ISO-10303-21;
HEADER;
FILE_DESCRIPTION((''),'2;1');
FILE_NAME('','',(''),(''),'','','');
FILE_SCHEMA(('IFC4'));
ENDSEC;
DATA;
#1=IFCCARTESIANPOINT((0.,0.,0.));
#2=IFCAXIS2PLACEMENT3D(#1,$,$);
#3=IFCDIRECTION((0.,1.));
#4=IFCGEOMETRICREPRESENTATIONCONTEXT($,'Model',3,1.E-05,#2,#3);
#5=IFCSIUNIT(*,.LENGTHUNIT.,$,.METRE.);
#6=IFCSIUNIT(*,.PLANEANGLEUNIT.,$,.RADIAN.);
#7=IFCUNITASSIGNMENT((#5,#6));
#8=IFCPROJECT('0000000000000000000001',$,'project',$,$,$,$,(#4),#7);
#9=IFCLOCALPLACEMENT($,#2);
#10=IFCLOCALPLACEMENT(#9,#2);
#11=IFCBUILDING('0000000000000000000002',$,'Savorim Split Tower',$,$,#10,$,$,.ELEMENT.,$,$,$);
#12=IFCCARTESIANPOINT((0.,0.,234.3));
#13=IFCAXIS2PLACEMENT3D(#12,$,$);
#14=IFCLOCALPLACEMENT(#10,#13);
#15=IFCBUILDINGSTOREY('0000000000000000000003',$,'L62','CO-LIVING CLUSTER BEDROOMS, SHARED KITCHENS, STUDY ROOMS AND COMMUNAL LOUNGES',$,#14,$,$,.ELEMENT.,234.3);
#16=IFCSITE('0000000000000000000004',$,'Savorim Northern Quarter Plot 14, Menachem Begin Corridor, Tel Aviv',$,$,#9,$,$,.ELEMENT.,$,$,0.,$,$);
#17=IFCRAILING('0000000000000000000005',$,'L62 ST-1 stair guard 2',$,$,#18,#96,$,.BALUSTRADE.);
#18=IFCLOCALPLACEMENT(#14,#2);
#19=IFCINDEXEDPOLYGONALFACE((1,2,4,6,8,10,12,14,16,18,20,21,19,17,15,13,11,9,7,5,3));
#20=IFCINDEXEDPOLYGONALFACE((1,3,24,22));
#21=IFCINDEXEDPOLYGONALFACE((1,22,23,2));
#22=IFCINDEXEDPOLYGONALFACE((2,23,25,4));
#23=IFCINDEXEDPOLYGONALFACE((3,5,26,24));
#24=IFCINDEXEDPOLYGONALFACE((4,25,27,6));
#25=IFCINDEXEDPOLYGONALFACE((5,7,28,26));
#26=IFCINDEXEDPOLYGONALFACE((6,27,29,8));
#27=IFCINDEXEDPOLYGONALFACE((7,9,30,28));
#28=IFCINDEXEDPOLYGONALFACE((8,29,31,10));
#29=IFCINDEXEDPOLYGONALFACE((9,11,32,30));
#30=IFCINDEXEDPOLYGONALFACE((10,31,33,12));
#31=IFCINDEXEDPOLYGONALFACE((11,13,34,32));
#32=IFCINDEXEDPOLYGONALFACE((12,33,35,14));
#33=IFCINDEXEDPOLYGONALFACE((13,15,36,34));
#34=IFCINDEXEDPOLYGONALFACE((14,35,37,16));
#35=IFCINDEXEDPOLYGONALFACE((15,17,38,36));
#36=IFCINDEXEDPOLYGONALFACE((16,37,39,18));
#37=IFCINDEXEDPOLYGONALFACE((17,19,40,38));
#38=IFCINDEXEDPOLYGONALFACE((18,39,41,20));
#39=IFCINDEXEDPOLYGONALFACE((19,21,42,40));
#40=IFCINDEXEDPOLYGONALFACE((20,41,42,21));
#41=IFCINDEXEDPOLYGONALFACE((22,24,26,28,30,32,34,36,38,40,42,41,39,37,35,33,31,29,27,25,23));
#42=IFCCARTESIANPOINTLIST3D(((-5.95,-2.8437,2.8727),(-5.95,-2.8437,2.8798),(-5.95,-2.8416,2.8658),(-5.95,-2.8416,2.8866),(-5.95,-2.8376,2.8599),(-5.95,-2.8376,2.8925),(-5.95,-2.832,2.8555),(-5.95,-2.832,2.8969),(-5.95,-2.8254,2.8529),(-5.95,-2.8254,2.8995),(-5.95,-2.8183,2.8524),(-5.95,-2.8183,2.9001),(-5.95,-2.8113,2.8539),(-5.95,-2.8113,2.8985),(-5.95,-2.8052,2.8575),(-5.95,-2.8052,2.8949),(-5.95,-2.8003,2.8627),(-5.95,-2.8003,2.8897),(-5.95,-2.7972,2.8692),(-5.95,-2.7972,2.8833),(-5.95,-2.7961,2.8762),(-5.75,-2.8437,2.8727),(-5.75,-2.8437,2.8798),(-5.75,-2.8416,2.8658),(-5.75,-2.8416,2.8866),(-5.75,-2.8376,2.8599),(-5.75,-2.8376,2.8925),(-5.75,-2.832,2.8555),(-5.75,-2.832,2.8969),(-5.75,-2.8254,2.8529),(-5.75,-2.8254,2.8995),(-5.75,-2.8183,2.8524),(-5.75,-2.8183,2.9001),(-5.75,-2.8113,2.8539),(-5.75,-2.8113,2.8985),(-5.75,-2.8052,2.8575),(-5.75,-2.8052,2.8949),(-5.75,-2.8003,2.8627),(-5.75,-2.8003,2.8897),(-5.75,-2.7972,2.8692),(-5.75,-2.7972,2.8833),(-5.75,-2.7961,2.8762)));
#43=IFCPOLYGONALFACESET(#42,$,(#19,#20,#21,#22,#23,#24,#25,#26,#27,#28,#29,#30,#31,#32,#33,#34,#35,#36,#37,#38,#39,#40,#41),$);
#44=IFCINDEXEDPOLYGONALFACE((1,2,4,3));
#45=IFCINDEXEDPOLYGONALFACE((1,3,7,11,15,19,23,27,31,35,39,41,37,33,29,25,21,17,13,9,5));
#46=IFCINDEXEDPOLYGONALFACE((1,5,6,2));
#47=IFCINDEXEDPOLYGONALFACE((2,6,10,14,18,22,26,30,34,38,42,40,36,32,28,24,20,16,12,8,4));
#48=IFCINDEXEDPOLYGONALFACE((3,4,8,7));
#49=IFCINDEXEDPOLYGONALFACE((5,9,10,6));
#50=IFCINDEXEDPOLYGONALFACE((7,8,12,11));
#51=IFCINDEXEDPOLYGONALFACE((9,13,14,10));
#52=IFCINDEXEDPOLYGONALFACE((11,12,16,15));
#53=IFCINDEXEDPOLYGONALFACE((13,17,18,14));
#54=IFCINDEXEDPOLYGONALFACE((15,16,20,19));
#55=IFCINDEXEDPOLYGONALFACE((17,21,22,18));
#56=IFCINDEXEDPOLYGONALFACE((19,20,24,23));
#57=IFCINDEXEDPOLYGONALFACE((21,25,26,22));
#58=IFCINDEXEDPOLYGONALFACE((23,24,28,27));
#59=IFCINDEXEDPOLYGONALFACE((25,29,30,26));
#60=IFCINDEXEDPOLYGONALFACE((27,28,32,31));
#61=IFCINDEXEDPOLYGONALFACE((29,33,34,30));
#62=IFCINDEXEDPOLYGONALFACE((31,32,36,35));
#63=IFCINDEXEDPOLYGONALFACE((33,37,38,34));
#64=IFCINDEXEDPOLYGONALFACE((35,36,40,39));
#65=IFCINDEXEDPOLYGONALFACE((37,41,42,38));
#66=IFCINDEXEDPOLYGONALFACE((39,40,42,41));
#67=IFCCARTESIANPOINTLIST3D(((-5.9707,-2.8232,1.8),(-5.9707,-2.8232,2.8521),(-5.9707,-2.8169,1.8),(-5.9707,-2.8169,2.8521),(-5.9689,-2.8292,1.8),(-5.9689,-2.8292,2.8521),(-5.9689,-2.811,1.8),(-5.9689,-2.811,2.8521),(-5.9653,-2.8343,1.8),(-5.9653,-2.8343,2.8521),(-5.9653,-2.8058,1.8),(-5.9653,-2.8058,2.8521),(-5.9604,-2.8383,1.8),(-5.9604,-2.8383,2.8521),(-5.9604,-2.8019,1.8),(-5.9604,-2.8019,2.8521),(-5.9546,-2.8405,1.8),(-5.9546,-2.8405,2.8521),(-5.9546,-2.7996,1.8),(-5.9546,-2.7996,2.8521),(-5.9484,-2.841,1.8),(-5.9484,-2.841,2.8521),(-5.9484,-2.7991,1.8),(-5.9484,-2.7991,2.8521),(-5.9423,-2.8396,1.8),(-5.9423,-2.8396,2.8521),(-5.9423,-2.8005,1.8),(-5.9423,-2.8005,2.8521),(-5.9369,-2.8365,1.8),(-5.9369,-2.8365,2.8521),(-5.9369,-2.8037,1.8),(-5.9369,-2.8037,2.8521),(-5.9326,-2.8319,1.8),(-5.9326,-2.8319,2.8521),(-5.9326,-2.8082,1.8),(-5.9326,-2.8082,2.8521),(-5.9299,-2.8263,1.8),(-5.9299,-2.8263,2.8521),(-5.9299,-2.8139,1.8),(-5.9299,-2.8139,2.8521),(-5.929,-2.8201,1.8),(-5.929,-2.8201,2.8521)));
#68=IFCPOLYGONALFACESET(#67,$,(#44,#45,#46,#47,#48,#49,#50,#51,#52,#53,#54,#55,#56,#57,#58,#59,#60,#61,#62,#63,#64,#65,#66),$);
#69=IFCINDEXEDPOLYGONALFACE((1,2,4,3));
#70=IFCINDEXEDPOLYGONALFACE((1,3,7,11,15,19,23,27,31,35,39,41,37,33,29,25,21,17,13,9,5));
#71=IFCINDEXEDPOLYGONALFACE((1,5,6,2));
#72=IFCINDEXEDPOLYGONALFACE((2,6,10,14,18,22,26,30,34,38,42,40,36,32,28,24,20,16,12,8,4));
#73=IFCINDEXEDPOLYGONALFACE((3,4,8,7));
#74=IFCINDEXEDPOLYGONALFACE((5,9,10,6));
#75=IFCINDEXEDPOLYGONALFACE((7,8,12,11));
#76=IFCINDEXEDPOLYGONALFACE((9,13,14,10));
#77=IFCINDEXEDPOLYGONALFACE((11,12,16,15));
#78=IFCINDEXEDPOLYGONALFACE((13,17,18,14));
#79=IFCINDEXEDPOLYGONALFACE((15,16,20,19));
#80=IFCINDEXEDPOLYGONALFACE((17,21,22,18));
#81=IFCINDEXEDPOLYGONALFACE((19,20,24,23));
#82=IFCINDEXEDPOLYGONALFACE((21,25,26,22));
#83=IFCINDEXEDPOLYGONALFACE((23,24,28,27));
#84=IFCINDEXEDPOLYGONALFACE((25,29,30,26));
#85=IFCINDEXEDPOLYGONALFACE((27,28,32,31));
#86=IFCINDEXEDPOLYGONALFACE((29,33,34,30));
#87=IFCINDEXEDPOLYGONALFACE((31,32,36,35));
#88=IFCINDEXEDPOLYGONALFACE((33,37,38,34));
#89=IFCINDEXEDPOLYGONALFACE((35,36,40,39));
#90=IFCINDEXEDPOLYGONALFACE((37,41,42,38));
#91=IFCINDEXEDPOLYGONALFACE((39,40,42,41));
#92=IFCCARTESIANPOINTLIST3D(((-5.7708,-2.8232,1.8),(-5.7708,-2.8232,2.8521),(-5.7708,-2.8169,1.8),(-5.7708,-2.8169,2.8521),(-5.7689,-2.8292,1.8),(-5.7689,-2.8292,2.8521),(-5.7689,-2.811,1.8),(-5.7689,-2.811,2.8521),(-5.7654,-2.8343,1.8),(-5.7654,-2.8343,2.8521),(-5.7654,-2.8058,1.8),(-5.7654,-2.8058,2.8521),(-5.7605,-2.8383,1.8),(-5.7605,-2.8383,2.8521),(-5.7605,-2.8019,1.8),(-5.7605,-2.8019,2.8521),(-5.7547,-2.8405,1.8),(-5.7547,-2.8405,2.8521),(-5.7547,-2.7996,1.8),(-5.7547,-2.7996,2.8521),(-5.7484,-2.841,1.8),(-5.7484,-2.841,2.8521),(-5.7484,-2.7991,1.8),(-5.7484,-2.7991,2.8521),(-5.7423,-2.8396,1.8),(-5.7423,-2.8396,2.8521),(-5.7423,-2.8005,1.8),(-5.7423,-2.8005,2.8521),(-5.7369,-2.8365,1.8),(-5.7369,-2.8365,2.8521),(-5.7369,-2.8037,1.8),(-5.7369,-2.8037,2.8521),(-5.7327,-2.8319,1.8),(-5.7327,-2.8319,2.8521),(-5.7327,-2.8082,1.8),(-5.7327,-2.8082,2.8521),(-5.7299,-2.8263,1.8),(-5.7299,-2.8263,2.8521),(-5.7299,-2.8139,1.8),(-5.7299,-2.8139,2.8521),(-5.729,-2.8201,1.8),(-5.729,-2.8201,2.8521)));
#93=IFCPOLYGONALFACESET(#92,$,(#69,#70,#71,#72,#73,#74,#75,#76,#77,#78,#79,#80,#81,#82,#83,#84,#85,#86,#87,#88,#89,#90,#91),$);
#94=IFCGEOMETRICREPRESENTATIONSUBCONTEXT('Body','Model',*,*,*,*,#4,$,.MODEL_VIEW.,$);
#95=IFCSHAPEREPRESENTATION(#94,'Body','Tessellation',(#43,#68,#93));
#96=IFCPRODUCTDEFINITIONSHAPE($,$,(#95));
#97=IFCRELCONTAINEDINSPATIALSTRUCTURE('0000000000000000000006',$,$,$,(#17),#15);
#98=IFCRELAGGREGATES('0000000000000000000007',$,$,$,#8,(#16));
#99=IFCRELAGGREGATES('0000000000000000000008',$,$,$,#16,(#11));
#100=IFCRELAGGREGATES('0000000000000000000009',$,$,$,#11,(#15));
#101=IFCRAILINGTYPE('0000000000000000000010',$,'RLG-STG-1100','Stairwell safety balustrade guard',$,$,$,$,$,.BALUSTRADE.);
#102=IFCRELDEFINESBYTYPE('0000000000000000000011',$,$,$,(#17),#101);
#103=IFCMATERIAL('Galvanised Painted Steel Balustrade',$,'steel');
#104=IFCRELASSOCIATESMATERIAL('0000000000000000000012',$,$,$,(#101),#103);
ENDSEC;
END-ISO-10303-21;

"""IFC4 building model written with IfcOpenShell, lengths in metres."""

from ifc_helpers import new_model, si_unit, direction, frame, origin, origin_2d, place, context, subcontext, project, spatial, circle, extrude, material, type_object, element, save


model = new_model("IFC4")

# Units and contexts
model_context = context("Model", 3, precision=1e-05, world=origin(), true_north=direction((0.0, 1.0)))
body_context = subcontext(model_context, "Body", "Model", "MODEL_VIEW")
ifc_project = project(units=[si_unit("LENGTHUNIT", "METRE"), si_unit("PLANEANGLEUNIT", "RADIAN")], contexts=[model_context])

# Site, building, storey
site_placement = place(None, origin())
site = spatial("IfcSite", under=ifc_project, at=site_placement, Name="Savorim Northern Quarter Plot 14, Menachem Begin Corridor, Tel Aviv", CompositionType="ELEMENT", RefElevation=0.0)
building_placement = place(site_placement, origin())
building = spatial("IfcBuilding", under=site, at=building_placement, Name="Savorim Split Tower", CompositionType="ELEMENT")
storey_placement = place(building_placement, frame((0.0, 0.0, 234.3)))
storey = spatial("IfcBuildingStorey", under=building, at=storey_placement, Name="L62", Description="CO-LIVING CLUSTER BEDROOMS, SHARED KITCHENS, STUDY ROOMS AND COMMUNAL LOUNGES", CompositionType="ELEMENT", Elevation=234.3)

# Railing
ifc_material_1 = material(Name="Galvanised Painted Steel Balustrade", Category="steel")
railing_type_1 = type_object("IfcRailingType", Name="RLG-STG-1100", Description="Stairwell safety balustrade guard", PredefinedType="BALUSTRADE", material=ifc_material_1)
railing_1_placement = place(storey_placement, frame((-5.95, -2.8201, 1.8)))
element("IfcRailing", 1, at=railing_1_placement, inside=storey, type_object=railing_type_1, Name="L62 ST-1 stair guard 2", PredefinedType="BALUSTRADE", context=body_context, shape_type="SweptSolid", body=[
    extrude(circle(Radius=0.0239, at=origin_2d()), frame((0.0, 0.0, 1.0762), z_axis=(1.0, 0.0, 0.0), x_axis=(0.0, 1.0, 0.0)), (0.0, 0.0, 1.0), 0.2),
    extrude(circle(Radius=0.021, at=origin_2d()), origin(), (0.0, 0.0, 1.0), 1.052),
    extrude(circle(Radius=0.021, at=origin_2d()), frame((0.2, 0.0, 0.0)), (0.0, 0.0, 1.0), 1.052),
])

save(model, "model.ifc")
